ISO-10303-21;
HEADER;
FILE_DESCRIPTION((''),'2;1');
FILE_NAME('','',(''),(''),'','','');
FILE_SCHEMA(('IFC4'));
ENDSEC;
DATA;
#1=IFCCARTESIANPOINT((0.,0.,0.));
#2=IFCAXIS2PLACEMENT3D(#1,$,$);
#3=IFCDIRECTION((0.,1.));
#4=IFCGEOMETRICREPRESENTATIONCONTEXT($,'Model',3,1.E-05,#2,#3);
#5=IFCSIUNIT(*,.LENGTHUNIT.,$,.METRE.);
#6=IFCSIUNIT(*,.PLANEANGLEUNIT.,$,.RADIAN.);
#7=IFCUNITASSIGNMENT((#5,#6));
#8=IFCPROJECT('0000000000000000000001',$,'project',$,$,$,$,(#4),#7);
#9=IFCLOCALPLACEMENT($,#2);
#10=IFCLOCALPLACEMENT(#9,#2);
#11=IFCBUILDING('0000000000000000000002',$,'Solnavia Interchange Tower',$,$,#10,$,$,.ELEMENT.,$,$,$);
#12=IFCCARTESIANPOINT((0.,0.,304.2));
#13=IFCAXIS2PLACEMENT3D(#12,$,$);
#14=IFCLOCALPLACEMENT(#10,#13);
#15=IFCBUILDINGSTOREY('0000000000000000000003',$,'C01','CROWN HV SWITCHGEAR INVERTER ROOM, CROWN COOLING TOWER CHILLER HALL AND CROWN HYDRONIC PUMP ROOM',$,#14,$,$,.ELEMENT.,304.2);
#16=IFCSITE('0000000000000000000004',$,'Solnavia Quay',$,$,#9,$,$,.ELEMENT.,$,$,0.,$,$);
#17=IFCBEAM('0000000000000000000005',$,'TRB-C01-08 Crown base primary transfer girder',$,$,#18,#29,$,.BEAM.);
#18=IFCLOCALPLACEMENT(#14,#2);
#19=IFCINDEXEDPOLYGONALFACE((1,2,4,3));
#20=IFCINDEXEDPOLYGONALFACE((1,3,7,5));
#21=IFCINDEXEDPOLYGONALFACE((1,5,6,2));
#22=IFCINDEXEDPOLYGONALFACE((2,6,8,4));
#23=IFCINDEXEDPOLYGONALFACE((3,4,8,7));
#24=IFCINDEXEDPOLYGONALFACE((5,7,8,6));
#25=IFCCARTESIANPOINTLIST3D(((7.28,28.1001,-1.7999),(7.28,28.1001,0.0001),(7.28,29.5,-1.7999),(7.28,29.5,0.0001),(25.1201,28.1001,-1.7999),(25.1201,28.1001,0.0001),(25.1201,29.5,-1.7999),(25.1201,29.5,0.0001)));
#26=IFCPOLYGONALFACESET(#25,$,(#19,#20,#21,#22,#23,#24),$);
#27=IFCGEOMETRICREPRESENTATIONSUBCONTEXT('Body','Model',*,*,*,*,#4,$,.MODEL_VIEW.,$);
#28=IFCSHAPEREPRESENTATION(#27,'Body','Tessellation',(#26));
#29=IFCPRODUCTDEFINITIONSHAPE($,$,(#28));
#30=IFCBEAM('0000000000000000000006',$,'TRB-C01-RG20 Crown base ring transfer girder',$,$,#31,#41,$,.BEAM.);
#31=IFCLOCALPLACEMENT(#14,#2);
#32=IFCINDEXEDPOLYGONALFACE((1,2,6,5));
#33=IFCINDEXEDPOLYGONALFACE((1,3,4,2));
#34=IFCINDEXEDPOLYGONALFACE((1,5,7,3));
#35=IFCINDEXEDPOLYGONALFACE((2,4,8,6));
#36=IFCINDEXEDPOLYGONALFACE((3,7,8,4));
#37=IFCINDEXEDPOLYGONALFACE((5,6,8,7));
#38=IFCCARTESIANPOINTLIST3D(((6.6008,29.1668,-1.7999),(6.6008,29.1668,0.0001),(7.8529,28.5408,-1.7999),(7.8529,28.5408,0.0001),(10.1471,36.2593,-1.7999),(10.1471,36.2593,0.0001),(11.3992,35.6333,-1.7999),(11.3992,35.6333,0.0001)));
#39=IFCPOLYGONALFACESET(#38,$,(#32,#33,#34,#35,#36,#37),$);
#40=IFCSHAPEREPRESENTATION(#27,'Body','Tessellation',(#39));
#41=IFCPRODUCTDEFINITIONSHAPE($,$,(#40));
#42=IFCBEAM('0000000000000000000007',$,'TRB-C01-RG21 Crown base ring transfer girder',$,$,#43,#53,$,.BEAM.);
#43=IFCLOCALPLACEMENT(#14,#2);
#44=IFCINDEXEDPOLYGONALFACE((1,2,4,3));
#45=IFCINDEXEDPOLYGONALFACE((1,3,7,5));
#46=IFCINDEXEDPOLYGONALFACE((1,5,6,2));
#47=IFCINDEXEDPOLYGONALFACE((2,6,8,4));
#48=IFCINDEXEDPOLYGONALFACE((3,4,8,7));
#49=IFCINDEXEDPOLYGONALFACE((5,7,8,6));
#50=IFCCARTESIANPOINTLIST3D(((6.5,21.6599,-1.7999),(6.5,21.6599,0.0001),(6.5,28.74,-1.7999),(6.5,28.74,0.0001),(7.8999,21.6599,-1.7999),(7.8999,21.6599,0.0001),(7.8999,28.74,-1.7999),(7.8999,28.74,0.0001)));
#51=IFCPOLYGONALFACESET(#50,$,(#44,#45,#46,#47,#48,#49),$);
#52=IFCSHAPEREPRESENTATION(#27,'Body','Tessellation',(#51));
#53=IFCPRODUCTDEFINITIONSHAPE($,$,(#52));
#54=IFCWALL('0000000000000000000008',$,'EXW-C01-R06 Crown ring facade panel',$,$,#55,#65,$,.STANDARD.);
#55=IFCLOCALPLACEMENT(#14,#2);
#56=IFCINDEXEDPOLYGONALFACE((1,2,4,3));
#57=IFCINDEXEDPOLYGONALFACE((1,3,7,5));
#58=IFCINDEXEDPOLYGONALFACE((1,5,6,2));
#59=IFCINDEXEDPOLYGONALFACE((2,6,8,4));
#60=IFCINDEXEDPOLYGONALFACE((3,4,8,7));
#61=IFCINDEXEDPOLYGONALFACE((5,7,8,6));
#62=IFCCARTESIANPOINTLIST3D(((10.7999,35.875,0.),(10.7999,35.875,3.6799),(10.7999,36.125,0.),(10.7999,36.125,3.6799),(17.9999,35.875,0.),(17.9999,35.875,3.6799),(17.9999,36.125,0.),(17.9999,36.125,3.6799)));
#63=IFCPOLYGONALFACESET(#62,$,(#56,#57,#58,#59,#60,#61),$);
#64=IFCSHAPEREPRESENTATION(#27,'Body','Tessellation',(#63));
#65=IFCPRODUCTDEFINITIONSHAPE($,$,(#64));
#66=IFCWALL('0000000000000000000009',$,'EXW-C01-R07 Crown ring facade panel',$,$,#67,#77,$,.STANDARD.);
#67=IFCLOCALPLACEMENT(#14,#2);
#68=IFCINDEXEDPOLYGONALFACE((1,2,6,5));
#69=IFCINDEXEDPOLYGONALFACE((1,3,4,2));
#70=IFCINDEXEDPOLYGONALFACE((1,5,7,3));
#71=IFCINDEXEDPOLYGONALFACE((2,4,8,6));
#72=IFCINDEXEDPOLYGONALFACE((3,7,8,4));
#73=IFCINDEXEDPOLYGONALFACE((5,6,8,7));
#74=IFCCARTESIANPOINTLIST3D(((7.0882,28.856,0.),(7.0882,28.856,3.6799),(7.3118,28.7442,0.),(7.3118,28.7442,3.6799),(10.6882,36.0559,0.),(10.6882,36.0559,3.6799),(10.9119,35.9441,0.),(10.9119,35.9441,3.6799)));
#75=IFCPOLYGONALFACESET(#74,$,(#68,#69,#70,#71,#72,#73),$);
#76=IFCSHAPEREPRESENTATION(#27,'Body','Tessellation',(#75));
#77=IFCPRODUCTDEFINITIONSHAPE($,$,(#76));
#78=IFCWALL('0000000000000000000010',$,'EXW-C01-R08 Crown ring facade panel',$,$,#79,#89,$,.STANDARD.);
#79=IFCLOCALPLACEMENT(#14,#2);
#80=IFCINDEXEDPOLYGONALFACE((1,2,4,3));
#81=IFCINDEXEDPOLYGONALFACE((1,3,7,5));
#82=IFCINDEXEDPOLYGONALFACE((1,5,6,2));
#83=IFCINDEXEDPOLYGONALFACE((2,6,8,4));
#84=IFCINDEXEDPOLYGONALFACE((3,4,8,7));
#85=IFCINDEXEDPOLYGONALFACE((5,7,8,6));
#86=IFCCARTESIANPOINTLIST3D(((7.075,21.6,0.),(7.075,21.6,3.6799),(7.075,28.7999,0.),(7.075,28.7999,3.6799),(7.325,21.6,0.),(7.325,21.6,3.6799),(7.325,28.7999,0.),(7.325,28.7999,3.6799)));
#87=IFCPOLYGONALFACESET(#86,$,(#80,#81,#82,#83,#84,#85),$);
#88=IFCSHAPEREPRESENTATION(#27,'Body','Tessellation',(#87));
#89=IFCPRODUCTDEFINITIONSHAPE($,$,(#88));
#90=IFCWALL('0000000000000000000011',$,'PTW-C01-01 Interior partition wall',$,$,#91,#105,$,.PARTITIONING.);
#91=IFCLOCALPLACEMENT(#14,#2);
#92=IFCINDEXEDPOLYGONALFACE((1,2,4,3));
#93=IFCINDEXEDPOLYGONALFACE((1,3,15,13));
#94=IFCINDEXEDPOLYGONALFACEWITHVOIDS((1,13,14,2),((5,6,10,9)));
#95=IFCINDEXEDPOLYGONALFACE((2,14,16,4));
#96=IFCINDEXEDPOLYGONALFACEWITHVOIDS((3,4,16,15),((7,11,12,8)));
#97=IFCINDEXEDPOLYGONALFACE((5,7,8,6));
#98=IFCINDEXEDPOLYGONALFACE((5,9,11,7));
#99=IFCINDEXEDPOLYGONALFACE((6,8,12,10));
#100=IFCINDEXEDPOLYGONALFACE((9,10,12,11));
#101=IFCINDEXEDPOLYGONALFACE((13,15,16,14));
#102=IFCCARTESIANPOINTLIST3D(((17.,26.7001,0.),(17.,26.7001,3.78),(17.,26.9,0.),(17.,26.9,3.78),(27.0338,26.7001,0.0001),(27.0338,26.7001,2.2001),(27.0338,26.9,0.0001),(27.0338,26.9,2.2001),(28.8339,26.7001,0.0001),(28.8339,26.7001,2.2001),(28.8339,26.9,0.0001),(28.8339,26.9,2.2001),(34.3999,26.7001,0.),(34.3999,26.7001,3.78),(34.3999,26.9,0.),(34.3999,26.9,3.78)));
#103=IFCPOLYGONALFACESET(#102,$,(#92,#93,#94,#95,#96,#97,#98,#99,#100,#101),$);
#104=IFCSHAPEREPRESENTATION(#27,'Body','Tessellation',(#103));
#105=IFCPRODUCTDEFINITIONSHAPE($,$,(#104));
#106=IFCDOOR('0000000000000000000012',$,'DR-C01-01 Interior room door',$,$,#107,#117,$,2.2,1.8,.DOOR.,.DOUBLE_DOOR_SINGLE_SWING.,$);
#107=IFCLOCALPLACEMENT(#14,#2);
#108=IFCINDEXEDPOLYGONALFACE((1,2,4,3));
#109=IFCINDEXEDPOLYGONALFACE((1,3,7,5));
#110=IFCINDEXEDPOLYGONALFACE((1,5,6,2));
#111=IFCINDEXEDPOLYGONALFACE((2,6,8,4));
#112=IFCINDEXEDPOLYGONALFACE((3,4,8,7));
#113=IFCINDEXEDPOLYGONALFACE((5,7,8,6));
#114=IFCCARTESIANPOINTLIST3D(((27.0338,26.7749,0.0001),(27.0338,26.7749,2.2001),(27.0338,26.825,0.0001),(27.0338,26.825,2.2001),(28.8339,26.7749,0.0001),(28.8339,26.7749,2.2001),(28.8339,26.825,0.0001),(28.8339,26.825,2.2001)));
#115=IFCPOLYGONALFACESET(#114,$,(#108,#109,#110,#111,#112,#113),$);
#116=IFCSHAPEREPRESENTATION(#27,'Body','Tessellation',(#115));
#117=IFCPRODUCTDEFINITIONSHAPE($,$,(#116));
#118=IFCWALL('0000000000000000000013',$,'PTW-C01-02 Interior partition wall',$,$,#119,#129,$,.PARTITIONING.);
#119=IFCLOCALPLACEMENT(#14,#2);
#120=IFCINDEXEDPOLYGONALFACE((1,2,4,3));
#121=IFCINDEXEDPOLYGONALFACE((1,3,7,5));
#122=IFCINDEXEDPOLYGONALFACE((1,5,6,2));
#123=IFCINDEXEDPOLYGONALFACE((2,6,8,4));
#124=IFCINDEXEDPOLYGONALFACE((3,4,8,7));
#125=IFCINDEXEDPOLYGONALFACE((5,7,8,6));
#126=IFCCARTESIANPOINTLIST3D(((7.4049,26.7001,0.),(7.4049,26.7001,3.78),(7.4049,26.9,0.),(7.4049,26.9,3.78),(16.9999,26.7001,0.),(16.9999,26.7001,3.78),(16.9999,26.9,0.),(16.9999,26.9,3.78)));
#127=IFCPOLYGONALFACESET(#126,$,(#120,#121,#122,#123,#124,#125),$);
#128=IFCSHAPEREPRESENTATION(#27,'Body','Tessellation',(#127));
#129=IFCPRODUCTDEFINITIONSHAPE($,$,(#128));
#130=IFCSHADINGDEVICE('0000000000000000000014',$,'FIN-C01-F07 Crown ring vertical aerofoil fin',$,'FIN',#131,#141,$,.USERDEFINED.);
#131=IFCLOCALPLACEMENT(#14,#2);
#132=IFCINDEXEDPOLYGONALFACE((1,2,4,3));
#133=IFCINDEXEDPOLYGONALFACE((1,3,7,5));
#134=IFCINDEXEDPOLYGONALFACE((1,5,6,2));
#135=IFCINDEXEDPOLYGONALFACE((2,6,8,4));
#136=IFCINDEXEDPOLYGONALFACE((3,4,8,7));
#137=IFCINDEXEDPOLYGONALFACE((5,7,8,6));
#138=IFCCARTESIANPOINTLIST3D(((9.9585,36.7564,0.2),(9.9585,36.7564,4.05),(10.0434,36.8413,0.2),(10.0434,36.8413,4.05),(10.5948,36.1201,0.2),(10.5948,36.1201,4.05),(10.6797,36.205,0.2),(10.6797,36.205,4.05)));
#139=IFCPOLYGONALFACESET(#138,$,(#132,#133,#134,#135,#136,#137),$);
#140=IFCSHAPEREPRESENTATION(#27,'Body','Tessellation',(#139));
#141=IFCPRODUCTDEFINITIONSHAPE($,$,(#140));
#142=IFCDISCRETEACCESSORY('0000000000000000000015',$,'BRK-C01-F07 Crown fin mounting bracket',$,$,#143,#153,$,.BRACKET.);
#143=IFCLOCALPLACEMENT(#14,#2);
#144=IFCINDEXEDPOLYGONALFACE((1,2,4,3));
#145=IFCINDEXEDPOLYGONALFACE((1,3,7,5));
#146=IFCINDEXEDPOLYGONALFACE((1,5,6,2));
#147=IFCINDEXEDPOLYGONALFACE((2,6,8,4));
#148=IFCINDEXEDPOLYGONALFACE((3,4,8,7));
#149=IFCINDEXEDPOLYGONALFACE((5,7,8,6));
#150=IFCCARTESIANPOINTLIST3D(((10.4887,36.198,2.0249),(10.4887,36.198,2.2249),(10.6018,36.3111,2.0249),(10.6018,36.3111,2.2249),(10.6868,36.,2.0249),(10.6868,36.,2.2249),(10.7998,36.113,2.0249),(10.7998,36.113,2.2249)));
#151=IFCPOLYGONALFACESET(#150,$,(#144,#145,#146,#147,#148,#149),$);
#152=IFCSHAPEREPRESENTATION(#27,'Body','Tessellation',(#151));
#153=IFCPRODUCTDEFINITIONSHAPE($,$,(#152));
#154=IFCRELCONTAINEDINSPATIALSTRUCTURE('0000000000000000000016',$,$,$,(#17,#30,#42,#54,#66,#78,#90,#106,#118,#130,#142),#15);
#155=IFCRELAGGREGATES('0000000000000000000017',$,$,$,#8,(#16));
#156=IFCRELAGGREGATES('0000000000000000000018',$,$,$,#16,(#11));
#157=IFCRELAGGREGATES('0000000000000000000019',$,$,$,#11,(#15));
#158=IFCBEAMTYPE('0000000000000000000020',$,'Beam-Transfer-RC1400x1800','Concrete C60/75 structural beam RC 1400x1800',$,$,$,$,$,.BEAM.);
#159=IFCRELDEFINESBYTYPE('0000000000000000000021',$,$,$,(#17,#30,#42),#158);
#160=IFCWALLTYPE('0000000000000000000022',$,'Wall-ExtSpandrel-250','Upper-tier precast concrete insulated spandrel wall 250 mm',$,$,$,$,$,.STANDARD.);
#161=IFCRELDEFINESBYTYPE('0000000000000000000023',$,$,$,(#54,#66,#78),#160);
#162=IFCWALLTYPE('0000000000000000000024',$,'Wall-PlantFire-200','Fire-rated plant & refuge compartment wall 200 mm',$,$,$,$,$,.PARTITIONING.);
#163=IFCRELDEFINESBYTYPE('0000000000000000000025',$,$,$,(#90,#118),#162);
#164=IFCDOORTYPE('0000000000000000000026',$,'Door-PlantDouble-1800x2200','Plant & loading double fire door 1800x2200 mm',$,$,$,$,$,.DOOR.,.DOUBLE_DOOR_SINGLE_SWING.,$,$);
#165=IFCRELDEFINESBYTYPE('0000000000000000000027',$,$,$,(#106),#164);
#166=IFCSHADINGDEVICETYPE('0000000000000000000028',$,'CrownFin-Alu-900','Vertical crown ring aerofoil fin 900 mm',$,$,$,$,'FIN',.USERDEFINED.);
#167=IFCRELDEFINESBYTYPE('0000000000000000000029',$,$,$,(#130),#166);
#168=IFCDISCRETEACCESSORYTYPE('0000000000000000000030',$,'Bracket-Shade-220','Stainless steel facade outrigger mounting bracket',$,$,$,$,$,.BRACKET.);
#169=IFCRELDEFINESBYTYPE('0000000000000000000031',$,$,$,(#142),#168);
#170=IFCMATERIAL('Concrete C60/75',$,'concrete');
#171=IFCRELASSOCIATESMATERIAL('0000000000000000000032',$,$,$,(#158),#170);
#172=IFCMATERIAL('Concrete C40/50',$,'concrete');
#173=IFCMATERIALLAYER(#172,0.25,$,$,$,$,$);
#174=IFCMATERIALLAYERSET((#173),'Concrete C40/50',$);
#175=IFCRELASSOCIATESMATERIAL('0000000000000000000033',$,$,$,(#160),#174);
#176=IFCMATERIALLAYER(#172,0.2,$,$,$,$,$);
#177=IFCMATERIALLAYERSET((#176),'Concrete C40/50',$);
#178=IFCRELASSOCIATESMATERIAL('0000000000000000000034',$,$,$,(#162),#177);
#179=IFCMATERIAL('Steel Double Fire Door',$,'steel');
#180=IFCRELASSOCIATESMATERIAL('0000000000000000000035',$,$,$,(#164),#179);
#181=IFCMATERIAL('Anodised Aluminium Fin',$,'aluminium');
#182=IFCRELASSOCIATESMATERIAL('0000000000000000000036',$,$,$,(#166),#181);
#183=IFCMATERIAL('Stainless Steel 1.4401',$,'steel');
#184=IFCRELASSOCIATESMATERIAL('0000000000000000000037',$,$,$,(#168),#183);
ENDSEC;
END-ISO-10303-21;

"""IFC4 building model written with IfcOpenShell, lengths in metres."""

from ifc_helpers import new_model, si_unit, direction, frame, frame_2d, origin, origin_2d, place, context, subcontext, project, spatial, rectangle, extrude, material, layer, layer_set, material_profile, profile_set, type_object, element, fill, save


model = new_model("IFC4")

# Units and contexts
model_context = context("Model", 3, precision=1e-05, world=origin(), true_north=direction((0.0, 1.0)))
body_context = subcontext(model_context, "Body", "Model", "MODEL_VIEW")
ifc_project = project(units=[si_unit("LENGTHUNIT", "METRE"), si_unit("PLANEANGLEUNIT", "RADIAN")], contexts=[model_context])

# Site, building, storey
site_placement = place(None, origin())
site = spatial("IfcSite", under=ifc_project, at=site_placement, Name="Solnavia Quay", CompositionType="ELEMENT", RefElevation=0.0)
building_placement = place(site_placement, origin())
building = spatial("IfcBuilding", under=site, at=building_placement, Name="Solnavia Interchange Tower", CompositionType="ELEMENT")
storey_placement = place(building_placement, frame((0.0, 0.0, 304.2)))
storey = spatial("IfcBuildingStorey", under=building, at=storey_placement, Name="C01", Description="CROWN HV SWITCHGEAR INVERTER ROOM, CROWN COOLING TOWER CHILLER HALL AND CROWN HYDRONIC PUMP ROOM", CompositionType="ELEMENT", Elevation=304.2)

# Beams
ifc_material_1 = material(Name="Concrete C60/75", Category="concrete")
ifc_material_profile_1 = material_profile(ifc_material_1, rectangle(XDim=1.3999, YDim=1.8, at=origin_2d()), Name="RC 1400x1800")
ifc_profile_set_1 = profile_set([ifc_material_profile_1], Name="Concrete C60/75")
beam_type = type_object("IfcBeamType", Name="Beam-Transfer-RC1400x1800", Description="Concrete C60/75 structural beam RC 1400x1800", PredefinedType="BEAM", material=ifc_profile_set_1)
beam_1_placement = place(storey_placement, frame((7.28, 28.8, -0.8999), z_axis=(1.0, 0.0, 0.0), x_axis=(0.0, 1.0, 0.0)))
element("IfcBeam", 1, at=beam_1_placement, inside=storey, type_object=beam_type, Name="TRB-C01-08 Crown base primary transfer girder", PredefinedType="BEAM", context=body_context, shape_type="SweptSolid", body=[
    extrude(rectangle(XDim=1.3999, YDim=1.8, at=origin_2d()), origin(), (0.0, 0.0, 1.0), 17.8401),
])
beam_2_placement = place(storey_placement, frame((10.7732, 35.9463, -0.8999), z_axis=(-0.447226, -0.894421, 0.0), x_axis=(0.894421, -0.447226, 0.0)))
element("IfcBeam", 2, at=beam_2_placement, inside=storey, type_object=beam_type, Name="TRB-C01-RG20 Crown base ring transfer girder", PredefinedType="BEAM", context=body_context, shape_type="SweptSolid", body=[
    extrude(rectangle(XDim=1.3999, YDim=1.8, at=origin_2d()), origin(), (0.0, 0.0, 1.0), 7.9297),
])
beam_3_placement = place(storey_placement, frame((7.2, 28.74, -0.8999), z_axis=(0.0, -1.0, 0.0), x_axis=(1.0, 0.0, 0.0)))
element("IfcBeam", 3, at=beam_3_placement, inside=storey, type_object=beam_type, Name="TRB-C01-RG21 Crown base ring transfer girder", PredefinedType="BEAM", context=body_context, shape_type="SweptSolid", body=[
    extrude(rectangle(XDim=1.3999, YDim=1.8, at=origin_2d()), origin(), (0.0, 0.0, 1.0), 7.0801),
])

# Walls
ifc_material_2 = material(Name="Concrete C40/50", Category="concrete")
ifc_layer_1 = layer(ifc_material_2, 0.25)
ifc_layer_set_1 = layer_set([ifc_layer_1], Name="Concrete C40/50")
wall_type_1 = type_object("IfcWallType", Name="Wall-ExtSpandrel-250", Description="Upper-tier precast concrete insulated spandrel wall 250 mm", PredefinedType="STANDARD", material=ifc_layer_set_1)
wall_1_placement = place(storey_placement, frame((18.0, 36.0, 0.0), z_axis=(0.0, 0.0, 1.0), x_axis=(-1.0, 0.0, 0.0)))
element("IfcWall", 4, at=wall_1_placement, inside=storey, type_object=wall_type_1, Name="EXW-C01-R06 Crown ring facade panel", PredefinedType="STANDARD", context=body_context, shape_type="SweptSolid", body=[
    extrude(rectangle(XDim=7.2, YDim=0.25, at=frame_2d((3.6001, 0.0))), origin(), (0.0, 0.0, 1.0), 3.6799),
])
wall_2_placement = place(storey_placement, frame((10.8, 36.0, 0.0), z_axis=(0.0, 0.0, 1.0), x_axis=(-0.447226, -0.894421, 0.0)))
element("IfcWall", 5, at=wall_2_placement, inside=storey, type_object=wall_type_1, Name="EXW-C01-R07 Crown ring facade panel", PredefinedType="STANDARD", context=body_context, shape_type="SweptSolid", body=[
    extrude(rectangle(XDim=8.0498, YDim=0.25, at=frame_2d((4.0249, 0.0))), origin(), (0.0, 0.0, 1.0), 3.6799),
])
wall_3_placement = place(storey_placement, frame((7.2, 28.8, 0.0), z_axis=(0.0, 0.0, 1.0), x_axis=(0.0, -1.0, 0.0)))
element("IfcWall", 6, at=wall_3_placement, inside=storey, type_object=wall_type_1, Name="EXW-C01-R08 Crown ring facade panel", PredefinedType="STANDARD", context=body_context, shape_type="SweptSolid", body=[
    extrude(rectangle(XDim=7.2, YDim=0.25, at=frame_2d((3.6001, 0.0))), origin(), (0.0, 0.0, 1.0), 3.6799),
])

# Wall, opening, door
ifc_layer_2 = layer(ifc_material_2, 0.2)
ifc_layer_set_2 = layer_set([ifc_layer_2], Name="Concrete C40/50")
wall_type_2 = type_object("IfcWallType", Name="Wall-PlantFire-200", Description="Fire-rated plant & refuge compartment wall 200 mm", PredefinedType="PARTITIONING", material=ifc_layer_set_2)
wall_4_placement = place(storey_placement, frame((17.0, 26.8, 0.0), z_axis=(0.0, 0.0, 1.0), x_axis=(1.0, 0.0, 0.0)))
wall_4 = element("IfcWall", 7, at=wall_4_placement, inside=storey, type_object=wall_type_2, Name="PTW-C01-01 Interior partition wall", PredefinedType="PARTITIONING", context=body_context, shape_type="SweptSolid", body=[
    extrude(rectangle(XDim=17.3999, YDim=0.2, at=frame_2d((8.7, 0.0))), origin(), (0.0, 0.0, 1.0), 3.78),
])
opening_placement = place(wall_4_placement, frame((10.0339, 0.0, 0.0)))
opening = element("IfcOpeningElement", 8, at=opening_placement, cuts=wall_4, PredefinedType="OPENING", context=body_context, shape_type="SweptSolid", body=[
    extrude(rectangle(XDim=1.8, YDim=2.2, at=frame_2d((0.8999, 1.1001))), frame((0.0, 0.1099, 0.0), z_axis=(0.0, -1.0, 0.0), x_axis=(1.0, 0.0, 0.0)), (0.0, 0.0, 1.0), 0.22),
])
ifc_material_3 = material(Name="Steel Double Fire Door", Category="steel")
door_type = type_object("IfcDoorType", Name="Door-PlantDouble-1800x2200", Description="Plant & loading double fire door 1800x2200 mm", OperationType="DOUBLE_DOOR_SINGLE_SWING", PredefinedType="DOOR", material=ifc_material_3)
door_placement = place(opening_placement, origin())
door = element("IfcDoor", 9, at=door_placement, inside=storey, type_object=door_type, Name="DR-C01-01 Interior room door", OperationType="DOUBLE_DOOR_SINGLE_SWING", OverallHeight=2.2, OverallWidth=1.8, PredefinedType="DOOR", context=body_context, shape_type="SweptSolid", body=[
    extrude(rectangle(XDim=1.8, YDim=2.2, at=frame_2d((0.8999, 1.1001))), frame((0.0, 0.0249, 0.0), z_axis=(0.0, -1.0, 0.0), x_axis=(1.0, 0.0, 0.0)), (0.0, 0.0, 1.0), 0.05),
])
fill(opening, door)

# Wall
wall_5_placement = place(storey_placement, frame((7.405, 26.8, 0.0), z_axis=(0.0, 0.0, 1.0), x_axis=(1.0, 0.0, 0.0)))
element("IfcWall", 10, at=wall_5_placement, inside=storey, type_object=wall_type_2, Name="PTW-C01-02 Interior partition wall", PredefinedType="PARTITIONING", context=body_context, shape_type="SweptSolid", body=[
    extrude(rectangle(XDim=9.595, YDim=0.2, at=frame_2d((4.7974, 0.0))), origin(), (0.0, 0.0, 1.0), 3.78),
])

# Shading device
ifc_material_4 = material(Name="Anodised Aluminium Fin", Category="aluminium")
shading_device_type = type_object("IfcShadingDeviceType", Name="CrownFin-Alu-900", Description="Vertical crown ring aerofoil fin 900 mm", ElementType="FIN", PredefinedType="USERDEFINED", material=ifc_material_4)
shading_device_placement = place(storey_placement, frame((10.3191, 36.4807, 0.2), z_axis=(0.0, 0.0, 1.0), x_axis=(-0.707107, 0.707107, 0.0)))
element("IfcShadingDevice", 11, at=shading_device_placement, inside=storey, type_object=shading_device_type, Name="FIN-C01-F07 Crown ring vertical aerofoil fin", ObjectType="FIN", PredefinedType="USERDEFINED", context=body_context, shape_type="SweptSolid", body=[
    extrude(rectangle(XDim=0.8999, YDim=0.1201, at=origin_2d()), origin(), (0.0, 0.0, 1.0), 3.8501),
])

# Discrete accessory
ifc_material_5 = material(Name="Stainless Steel 1.4401", Category="steel")
discrete_accessory_type = type_object("IfcDiscreteAccessoryType", Name="Bracket-Shade-220", Description="Stainless steel facade outrigger mounting bracket", PredefinedType="BRACKET", material=ifc_material_5)
discrete_accessory_placement = place(storey_placement, frame((10.6443, 36.1555, 2.0249), z_axis=(0.0, 0.0, 1.0), x_axis=(-0.707107, 0.707107, 0.0)))
element("IfcDiscreteAccessory", 12, at=discrete_accessory_placement, inside=storey, type_object=discrete_accessory_type, Name="BRK-C01-F07 Crown fin mounting bracket", PredefinedType="BRACKET", context=body_context, shape_type="SweptSolid", body=[
    extrude(rectangle(XDim=0.28, YDim=0.1599, at=origin_2d()), origin(), (0.0, 0.0, 1.0), 0.2),
])

save(model, "model.ifc")
